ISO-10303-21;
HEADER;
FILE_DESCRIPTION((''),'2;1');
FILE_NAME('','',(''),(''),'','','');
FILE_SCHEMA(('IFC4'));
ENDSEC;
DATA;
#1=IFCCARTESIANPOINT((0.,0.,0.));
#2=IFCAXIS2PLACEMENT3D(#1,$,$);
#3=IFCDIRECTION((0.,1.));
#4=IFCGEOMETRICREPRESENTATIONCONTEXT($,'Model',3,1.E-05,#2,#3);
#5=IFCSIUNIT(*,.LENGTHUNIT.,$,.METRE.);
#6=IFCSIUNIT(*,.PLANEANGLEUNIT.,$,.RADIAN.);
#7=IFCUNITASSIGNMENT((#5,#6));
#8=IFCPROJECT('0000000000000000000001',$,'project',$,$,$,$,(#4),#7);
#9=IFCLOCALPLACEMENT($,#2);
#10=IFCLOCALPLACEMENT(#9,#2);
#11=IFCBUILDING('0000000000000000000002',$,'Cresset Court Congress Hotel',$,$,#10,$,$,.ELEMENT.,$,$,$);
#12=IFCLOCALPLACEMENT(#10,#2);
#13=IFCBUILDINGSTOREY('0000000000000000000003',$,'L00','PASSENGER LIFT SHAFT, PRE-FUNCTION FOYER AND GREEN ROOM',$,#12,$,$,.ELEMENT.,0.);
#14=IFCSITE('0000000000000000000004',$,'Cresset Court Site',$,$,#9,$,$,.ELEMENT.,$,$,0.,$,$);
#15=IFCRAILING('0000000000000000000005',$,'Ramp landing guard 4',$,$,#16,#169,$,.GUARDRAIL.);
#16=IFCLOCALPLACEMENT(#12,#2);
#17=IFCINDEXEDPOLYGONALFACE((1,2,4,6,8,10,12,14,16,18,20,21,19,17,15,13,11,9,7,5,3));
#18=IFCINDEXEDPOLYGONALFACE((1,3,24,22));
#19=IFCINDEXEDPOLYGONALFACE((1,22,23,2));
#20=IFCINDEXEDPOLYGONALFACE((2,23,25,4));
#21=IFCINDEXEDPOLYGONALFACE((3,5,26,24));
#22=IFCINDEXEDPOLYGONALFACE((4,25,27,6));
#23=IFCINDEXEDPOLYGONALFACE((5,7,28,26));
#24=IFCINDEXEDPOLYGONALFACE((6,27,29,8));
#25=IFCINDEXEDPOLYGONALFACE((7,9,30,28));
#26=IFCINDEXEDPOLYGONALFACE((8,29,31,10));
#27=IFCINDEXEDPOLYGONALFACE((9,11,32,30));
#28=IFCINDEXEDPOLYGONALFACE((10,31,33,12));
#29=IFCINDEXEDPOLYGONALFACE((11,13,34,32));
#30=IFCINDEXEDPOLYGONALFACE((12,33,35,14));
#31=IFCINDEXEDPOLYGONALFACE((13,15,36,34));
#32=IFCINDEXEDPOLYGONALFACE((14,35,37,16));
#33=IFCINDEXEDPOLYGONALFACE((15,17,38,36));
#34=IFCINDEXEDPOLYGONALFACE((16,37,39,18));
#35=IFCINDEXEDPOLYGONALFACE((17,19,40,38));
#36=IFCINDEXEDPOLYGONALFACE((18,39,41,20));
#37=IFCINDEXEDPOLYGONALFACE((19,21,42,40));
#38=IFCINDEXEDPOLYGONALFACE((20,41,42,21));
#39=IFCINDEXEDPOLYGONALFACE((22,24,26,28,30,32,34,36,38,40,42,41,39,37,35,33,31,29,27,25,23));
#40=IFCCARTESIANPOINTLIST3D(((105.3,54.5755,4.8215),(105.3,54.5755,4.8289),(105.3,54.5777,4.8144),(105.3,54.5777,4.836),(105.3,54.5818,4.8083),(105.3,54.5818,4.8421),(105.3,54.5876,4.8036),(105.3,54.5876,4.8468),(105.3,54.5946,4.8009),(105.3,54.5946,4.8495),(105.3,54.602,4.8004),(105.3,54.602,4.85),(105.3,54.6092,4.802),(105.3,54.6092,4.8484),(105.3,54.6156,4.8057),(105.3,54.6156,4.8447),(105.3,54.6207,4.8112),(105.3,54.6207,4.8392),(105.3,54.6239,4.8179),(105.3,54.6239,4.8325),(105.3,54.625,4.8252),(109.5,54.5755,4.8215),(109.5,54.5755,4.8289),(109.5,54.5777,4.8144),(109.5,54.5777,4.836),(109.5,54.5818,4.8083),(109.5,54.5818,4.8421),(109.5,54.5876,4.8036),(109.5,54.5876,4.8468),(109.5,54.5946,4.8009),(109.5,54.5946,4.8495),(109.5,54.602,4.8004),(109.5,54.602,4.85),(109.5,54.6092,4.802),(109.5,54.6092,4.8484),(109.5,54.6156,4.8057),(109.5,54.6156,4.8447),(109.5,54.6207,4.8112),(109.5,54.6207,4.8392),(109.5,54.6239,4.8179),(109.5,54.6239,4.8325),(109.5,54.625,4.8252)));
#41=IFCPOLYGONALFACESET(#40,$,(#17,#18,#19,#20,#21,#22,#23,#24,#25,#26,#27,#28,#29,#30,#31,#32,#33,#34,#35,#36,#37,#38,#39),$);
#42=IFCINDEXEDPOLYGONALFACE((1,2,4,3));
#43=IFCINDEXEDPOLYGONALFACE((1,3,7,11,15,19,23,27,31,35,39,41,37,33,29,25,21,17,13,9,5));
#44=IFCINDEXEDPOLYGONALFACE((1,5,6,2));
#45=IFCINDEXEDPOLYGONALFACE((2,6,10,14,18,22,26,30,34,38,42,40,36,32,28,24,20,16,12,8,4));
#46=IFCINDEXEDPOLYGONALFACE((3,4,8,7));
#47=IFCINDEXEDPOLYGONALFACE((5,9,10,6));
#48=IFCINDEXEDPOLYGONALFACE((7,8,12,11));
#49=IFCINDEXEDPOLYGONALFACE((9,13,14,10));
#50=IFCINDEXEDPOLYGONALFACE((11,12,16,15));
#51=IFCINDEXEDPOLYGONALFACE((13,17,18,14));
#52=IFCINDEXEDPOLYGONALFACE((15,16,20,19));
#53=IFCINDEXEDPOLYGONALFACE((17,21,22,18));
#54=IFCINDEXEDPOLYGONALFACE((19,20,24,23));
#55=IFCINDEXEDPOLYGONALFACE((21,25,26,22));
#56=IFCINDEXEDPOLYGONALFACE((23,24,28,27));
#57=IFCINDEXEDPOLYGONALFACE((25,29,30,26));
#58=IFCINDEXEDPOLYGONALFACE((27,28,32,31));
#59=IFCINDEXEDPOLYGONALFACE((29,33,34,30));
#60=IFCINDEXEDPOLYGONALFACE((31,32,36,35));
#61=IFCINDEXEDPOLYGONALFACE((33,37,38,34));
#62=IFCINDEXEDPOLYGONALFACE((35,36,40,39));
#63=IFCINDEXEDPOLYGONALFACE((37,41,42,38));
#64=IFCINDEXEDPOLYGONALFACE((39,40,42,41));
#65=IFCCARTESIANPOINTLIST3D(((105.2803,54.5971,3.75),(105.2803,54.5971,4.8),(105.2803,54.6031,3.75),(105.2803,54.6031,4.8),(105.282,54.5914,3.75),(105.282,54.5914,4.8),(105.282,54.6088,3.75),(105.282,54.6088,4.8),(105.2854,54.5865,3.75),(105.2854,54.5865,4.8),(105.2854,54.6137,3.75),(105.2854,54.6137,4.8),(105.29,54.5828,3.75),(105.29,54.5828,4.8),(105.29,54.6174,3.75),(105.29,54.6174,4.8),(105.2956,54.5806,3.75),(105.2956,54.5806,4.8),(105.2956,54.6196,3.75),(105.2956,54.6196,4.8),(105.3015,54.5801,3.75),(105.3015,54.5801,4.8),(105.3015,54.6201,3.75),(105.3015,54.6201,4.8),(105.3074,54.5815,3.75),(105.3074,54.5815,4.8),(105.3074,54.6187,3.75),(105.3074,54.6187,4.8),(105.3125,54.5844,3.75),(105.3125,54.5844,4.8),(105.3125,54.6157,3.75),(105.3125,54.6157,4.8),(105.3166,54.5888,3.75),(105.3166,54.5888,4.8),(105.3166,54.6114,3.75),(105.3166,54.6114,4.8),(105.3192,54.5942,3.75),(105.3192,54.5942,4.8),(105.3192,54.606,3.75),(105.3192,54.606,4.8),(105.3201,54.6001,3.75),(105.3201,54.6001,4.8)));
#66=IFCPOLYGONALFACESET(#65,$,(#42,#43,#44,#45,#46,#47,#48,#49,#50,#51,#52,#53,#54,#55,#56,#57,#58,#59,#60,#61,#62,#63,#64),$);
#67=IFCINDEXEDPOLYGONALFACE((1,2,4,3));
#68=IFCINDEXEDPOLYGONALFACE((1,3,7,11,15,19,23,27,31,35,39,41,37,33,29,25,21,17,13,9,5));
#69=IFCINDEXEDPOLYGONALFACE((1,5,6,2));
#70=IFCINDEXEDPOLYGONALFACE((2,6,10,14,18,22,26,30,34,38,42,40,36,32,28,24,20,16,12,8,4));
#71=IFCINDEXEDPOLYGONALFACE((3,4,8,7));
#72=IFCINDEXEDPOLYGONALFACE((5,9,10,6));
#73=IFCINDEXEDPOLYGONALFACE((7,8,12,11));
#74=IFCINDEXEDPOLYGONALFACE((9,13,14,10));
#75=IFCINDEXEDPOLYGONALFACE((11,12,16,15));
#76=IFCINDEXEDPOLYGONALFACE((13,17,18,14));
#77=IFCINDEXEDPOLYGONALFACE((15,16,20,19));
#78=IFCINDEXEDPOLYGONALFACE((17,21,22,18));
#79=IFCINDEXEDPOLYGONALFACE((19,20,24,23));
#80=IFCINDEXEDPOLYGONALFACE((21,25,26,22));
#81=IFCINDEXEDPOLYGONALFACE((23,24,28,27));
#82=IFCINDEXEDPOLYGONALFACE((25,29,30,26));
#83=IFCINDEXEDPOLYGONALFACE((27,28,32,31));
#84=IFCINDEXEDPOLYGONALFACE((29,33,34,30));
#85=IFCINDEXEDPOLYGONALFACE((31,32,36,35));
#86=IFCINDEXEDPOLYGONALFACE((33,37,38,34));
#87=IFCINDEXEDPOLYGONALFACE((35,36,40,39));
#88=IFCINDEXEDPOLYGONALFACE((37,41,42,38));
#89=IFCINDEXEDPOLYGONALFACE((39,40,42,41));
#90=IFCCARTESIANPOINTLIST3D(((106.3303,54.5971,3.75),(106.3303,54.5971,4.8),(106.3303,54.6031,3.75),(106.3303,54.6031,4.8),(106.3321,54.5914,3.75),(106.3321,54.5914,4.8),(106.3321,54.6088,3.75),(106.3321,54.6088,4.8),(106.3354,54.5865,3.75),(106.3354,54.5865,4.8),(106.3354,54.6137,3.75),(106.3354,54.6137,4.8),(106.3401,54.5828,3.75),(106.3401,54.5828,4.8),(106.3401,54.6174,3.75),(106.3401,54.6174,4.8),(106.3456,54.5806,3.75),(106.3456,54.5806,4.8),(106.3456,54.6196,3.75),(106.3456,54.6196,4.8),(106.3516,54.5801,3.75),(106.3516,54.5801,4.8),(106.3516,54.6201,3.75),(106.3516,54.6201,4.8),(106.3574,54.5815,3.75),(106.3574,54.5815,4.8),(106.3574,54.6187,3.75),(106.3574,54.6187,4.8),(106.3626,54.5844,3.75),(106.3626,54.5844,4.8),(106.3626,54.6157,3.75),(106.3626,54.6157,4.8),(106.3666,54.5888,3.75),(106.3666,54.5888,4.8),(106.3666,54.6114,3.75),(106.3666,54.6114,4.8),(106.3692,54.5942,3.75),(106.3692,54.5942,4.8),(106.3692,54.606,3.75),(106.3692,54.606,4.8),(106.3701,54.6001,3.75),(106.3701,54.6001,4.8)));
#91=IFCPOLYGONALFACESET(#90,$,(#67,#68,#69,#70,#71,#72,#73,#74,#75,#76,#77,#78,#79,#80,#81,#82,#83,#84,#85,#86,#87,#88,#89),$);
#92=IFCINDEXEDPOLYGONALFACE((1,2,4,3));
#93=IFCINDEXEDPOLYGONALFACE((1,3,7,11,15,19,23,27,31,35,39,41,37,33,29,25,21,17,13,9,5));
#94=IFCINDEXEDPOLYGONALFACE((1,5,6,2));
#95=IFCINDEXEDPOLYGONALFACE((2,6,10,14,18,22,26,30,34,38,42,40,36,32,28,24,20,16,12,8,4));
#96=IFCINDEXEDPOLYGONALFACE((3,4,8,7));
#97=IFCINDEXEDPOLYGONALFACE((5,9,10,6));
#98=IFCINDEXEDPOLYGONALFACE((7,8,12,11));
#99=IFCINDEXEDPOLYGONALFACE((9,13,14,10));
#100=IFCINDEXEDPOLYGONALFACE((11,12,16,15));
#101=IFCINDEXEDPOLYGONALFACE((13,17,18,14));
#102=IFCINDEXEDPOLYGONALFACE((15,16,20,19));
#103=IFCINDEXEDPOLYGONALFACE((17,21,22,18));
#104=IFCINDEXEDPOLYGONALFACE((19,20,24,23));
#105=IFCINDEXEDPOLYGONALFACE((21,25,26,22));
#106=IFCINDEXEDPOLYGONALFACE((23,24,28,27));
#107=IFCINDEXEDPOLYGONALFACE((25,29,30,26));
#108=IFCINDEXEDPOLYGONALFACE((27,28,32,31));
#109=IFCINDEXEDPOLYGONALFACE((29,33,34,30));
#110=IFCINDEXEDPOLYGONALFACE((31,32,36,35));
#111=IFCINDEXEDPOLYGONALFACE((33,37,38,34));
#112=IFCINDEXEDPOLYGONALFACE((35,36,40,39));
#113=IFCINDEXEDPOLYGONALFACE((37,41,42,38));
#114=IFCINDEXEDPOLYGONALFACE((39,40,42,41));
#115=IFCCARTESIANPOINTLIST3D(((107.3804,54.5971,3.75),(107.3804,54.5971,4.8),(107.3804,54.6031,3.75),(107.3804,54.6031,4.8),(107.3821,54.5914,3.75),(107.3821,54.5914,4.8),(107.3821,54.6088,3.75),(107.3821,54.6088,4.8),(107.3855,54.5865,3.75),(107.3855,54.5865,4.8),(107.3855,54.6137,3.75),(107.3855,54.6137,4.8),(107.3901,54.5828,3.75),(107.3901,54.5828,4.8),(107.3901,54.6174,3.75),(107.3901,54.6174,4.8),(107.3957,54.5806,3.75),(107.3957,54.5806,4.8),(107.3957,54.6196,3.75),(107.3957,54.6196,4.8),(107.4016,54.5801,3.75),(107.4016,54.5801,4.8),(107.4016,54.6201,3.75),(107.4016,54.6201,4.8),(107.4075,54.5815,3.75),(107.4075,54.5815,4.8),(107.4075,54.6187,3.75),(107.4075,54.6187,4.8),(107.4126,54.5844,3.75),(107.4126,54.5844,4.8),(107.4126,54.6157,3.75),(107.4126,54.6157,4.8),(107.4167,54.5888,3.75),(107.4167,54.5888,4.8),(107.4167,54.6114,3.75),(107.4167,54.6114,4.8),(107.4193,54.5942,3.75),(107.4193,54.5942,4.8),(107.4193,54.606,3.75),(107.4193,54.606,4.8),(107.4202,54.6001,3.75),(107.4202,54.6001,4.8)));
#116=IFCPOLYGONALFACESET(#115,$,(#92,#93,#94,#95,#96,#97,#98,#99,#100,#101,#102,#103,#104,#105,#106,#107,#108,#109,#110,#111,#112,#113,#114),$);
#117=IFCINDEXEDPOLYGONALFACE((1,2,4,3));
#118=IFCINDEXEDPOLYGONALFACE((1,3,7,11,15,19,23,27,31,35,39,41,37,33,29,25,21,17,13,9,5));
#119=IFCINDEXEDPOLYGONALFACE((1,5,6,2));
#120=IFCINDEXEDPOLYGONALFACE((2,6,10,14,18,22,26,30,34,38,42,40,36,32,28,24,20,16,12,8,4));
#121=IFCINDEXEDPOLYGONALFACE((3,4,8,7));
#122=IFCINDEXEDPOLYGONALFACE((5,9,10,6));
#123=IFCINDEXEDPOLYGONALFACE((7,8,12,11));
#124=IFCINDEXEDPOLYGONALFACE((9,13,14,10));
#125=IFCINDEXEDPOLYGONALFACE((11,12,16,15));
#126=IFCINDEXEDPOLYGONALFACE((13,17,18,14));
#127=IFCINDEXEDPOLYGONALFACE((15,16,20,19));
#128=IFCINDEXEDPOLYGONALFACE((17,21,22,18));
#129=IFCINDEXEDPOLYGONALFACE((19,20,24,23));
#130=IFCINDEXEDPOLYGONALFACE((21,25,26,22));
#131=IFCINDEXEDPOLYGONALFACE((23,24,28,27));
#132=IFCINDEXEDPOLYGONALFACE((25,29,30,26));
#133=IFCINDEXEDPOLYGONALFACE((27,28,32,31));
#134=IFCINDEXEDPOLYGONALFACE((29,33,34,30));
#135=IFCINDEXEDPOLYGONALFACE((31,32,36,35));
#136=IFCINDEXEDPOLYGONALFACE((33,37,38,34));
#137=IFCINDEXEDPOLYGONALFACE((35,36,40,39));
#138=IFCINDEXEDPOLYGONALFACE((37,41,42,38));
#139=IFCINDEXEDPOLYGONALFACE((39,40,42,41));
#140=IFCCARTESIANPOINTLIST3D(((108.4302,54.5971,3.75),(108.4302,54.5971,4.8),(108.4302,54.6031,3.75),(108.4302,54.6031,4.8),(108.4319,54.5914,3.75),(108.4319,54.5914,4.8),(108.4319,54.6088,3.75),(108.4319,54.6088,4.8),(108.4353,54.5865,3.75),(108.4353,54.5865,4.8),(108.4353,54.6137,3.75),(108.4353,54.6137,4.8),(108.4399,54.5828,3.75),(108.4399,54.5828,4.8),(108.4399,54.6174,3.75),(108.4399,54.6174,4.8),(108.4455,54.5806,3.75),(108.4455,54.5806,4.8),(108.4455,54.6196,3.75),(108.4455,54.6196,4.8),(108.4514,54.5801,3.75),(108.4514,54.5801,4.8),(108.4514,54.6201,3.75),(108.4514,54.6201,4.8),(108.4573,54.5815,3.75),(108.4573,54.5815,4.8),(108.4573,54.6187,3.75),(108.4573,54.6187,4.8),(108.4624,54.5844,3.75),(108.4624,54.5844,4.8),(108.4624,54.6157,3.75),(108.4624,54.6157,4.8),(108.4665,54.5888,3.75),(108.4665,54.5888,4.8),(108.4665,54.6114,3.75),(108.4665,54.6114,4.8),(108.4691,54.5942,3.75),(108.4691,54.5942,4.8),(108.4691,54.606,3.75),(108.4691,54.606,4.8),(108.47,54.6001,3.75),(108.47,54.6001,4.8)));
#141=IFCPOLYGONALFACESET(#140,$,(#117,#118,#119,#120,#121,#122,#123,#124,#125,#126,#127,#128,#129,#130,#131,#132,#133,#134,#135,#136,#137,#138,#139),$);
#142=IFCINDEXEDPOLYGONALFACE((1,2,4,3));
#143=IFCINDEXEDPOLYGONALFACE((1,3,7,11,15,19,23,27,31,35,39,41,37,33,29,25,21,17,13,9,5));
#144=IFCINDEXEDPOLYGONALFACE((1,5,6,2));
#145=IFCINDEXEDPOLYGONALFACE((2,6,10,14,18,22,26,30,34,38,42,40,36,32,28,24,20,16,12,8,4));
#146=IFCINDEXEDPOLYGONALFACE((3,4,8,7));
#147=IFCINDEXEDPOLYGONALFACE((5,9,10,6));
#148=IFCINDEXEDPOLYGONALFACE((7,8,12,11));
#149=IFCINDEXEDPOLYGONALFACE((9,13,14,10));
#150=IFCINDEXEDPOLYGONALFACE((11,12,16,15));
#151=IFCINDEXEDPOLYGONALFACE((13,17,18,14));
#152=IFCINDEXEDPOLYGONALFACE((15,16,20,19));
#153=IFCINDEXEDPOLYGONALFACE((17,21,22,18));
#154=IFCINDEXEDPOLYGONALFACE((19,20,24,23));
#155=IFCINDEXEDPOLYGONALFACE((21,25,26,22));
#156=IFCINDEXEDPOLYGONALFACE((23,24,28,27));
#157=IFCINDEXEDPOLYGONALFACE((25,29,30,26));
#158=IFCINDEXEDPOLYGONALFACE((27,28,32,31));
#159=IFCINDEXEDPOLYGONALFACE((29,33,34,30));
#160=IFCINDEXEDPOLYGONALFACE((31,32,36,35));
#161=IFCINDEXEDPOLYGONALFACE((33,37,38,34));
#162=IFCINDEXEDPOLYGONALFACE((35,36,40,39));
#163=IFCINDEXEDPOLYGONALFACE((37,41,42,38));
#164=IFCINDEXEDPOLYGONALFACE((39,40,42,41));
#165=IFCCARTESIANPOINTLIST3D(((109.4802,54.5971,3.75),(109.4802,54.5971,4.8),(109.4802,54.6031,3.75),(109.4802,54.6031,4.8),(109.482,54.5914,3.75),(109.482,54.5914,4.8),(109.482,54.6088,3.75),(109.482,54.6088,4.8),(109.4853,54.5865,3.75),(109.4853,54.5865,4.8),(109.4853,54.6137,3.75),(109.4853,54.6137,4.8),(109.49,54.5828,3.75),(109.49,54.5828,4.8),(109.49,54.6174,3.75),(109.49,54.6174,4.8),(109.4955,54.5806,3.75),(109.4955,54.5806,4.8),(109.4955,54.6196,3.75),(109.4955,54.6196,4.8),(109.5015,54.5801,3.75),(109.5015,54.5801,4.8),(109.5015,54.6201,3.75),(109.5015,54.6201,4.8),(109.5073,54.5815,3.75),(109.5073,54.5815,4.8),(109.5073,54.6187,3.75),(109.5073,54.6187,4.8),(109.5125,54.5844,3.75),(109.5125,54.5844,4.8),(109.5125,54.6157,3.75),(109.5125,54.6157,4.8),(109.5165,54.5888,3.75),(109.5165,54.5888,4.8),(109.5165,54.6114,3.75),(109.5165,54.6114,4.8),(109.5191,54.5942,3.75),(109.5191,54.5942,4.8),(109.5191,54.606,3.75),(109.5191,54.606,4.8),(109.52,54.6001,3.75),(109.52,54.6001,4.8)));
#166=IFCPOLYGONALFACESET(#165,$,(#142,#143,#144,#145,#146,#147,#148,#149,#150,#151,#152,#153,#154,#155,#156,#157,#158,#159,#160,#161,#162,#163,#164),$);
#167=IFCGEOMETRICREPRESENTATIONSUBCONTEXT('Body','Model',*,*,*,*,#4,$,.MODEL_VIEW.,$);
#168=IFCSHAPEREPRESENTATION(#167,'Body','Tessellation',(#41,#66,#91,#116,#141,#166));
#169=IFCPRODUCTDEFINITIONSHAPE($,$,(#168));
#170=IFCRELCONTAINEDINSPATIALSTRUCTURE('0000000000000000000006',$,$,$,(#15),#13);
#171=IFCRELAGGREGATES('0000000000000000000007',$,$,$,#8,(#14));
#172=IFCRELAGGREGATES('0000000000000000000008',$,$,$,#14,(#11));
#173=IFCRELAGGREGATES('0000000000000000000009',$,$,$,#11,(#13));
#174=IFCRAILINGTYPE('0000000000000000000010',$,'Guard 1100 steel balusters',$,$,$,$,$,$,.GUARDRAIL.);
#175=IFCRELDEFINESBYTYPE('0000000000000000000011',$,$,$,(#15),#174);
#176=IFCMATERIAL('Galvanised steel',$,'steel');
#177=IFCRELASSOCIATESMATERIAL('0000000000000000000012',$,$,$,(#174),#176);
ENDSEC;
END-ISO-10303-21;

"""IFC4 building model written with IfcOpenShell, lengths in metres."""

from ifc_helpers import new_model, si_unit, direction, frame, origin, origin_2d, place, context, subcontext, project, spatial, circle, extrude, material, type_object, element, save


model = new_model("IFC4")

# Units and contexts
model_context = context("Model", 3, precision=1e-05, world=origin(), true_north=direction((0.0, 1.0)))
body_context = subcontext(model_context, "Body", "Model", "MODEL_VIEW")
ifc_project = project(units=[si_unit("LENGTHUNIT", "METRE"), si_unit("PLANEANGLEUNIT", "RADIAN")], contexts=[model_context])

# Site, building, storey
site_placement = place(None, origin())
site = spatial("IfcSite", under=ifc_project, at=site_placement, Name="Cresset Court Site", CompositionType="ELEMENT", RefElevation=0.0)
building_placement = place(site_placement, origin())
building = spatial("IfcBuilding", under=site, at=building_placement, Name="Cresset Court Congress Hotel", CompositionType="ELEMENT")
storey_placement = place(building_placement, origin())
storey = spatial("IfcBuildingStorey", under=building, at=storey_placement, Name="L00", Description="PASSENGER LIFT SHAFT, PRE-FUNCTION FOYER AND GREEN ROOM", CompositionType="ELEMENT", Elevation=0.0)

# Railing
ifc_material_1 = material(Name="Galvanised steel", Category="steel")
railing_type = type_object("IfcRailingType", Name="Guard 1100 steel balusters", PredefinedType="GUARDRAIL", material=ifc_material_1)
for number, where, name in (
    (1, (105.3, 54.6001, 3.75), "Ramp landing guard 4"),
):
    element("IfcRailing", number, at=place(storey_placement, frame(where)), inside=storey, type_object=railing_type, Name=name, PredefinedType="GUARDRAIL", context=body_context, shape_type="SweptSolid", body=[
        extrude(circle(Radius=0.0249, at=origin_2d()), frame((0.0, 0.0, 1.0752), z_axis=(1.0, 0.0, 0.0), x_axis=(0.0, 1.0, 0.0)), (0.0, 0.0, 1.0), 4.2),
        extrude(circle(Radius=0.02, at=origin_2d()), origin(), (0.0, 0.0, 1.0), 1.05),
        extrude(circle(Radius=0.02, at=origin_2d()), frame((1.05, 0.0, 0.0)), (0.0, 0.0, 1.0), 1.05),
        extrude(circle(Radius=0.02, at=origin_2d()), frame((2.1001, 0.0, 0.0)), (0.0, 0.0, 1.0), 1.05),
        extrude(circle(Radius=0.02, at=origin_2d()), frame((3.1499, 0.0, 0.0)), (0.0, 0.0, 1.0), 1.05),
        extrude(circle(Radius=0.02, at=origin_2d()), frame((4.2, 0.0, 0.0)), (0.0, 0.0, 1.0), 1.05),
    ])

save(model, "model.ifc")
